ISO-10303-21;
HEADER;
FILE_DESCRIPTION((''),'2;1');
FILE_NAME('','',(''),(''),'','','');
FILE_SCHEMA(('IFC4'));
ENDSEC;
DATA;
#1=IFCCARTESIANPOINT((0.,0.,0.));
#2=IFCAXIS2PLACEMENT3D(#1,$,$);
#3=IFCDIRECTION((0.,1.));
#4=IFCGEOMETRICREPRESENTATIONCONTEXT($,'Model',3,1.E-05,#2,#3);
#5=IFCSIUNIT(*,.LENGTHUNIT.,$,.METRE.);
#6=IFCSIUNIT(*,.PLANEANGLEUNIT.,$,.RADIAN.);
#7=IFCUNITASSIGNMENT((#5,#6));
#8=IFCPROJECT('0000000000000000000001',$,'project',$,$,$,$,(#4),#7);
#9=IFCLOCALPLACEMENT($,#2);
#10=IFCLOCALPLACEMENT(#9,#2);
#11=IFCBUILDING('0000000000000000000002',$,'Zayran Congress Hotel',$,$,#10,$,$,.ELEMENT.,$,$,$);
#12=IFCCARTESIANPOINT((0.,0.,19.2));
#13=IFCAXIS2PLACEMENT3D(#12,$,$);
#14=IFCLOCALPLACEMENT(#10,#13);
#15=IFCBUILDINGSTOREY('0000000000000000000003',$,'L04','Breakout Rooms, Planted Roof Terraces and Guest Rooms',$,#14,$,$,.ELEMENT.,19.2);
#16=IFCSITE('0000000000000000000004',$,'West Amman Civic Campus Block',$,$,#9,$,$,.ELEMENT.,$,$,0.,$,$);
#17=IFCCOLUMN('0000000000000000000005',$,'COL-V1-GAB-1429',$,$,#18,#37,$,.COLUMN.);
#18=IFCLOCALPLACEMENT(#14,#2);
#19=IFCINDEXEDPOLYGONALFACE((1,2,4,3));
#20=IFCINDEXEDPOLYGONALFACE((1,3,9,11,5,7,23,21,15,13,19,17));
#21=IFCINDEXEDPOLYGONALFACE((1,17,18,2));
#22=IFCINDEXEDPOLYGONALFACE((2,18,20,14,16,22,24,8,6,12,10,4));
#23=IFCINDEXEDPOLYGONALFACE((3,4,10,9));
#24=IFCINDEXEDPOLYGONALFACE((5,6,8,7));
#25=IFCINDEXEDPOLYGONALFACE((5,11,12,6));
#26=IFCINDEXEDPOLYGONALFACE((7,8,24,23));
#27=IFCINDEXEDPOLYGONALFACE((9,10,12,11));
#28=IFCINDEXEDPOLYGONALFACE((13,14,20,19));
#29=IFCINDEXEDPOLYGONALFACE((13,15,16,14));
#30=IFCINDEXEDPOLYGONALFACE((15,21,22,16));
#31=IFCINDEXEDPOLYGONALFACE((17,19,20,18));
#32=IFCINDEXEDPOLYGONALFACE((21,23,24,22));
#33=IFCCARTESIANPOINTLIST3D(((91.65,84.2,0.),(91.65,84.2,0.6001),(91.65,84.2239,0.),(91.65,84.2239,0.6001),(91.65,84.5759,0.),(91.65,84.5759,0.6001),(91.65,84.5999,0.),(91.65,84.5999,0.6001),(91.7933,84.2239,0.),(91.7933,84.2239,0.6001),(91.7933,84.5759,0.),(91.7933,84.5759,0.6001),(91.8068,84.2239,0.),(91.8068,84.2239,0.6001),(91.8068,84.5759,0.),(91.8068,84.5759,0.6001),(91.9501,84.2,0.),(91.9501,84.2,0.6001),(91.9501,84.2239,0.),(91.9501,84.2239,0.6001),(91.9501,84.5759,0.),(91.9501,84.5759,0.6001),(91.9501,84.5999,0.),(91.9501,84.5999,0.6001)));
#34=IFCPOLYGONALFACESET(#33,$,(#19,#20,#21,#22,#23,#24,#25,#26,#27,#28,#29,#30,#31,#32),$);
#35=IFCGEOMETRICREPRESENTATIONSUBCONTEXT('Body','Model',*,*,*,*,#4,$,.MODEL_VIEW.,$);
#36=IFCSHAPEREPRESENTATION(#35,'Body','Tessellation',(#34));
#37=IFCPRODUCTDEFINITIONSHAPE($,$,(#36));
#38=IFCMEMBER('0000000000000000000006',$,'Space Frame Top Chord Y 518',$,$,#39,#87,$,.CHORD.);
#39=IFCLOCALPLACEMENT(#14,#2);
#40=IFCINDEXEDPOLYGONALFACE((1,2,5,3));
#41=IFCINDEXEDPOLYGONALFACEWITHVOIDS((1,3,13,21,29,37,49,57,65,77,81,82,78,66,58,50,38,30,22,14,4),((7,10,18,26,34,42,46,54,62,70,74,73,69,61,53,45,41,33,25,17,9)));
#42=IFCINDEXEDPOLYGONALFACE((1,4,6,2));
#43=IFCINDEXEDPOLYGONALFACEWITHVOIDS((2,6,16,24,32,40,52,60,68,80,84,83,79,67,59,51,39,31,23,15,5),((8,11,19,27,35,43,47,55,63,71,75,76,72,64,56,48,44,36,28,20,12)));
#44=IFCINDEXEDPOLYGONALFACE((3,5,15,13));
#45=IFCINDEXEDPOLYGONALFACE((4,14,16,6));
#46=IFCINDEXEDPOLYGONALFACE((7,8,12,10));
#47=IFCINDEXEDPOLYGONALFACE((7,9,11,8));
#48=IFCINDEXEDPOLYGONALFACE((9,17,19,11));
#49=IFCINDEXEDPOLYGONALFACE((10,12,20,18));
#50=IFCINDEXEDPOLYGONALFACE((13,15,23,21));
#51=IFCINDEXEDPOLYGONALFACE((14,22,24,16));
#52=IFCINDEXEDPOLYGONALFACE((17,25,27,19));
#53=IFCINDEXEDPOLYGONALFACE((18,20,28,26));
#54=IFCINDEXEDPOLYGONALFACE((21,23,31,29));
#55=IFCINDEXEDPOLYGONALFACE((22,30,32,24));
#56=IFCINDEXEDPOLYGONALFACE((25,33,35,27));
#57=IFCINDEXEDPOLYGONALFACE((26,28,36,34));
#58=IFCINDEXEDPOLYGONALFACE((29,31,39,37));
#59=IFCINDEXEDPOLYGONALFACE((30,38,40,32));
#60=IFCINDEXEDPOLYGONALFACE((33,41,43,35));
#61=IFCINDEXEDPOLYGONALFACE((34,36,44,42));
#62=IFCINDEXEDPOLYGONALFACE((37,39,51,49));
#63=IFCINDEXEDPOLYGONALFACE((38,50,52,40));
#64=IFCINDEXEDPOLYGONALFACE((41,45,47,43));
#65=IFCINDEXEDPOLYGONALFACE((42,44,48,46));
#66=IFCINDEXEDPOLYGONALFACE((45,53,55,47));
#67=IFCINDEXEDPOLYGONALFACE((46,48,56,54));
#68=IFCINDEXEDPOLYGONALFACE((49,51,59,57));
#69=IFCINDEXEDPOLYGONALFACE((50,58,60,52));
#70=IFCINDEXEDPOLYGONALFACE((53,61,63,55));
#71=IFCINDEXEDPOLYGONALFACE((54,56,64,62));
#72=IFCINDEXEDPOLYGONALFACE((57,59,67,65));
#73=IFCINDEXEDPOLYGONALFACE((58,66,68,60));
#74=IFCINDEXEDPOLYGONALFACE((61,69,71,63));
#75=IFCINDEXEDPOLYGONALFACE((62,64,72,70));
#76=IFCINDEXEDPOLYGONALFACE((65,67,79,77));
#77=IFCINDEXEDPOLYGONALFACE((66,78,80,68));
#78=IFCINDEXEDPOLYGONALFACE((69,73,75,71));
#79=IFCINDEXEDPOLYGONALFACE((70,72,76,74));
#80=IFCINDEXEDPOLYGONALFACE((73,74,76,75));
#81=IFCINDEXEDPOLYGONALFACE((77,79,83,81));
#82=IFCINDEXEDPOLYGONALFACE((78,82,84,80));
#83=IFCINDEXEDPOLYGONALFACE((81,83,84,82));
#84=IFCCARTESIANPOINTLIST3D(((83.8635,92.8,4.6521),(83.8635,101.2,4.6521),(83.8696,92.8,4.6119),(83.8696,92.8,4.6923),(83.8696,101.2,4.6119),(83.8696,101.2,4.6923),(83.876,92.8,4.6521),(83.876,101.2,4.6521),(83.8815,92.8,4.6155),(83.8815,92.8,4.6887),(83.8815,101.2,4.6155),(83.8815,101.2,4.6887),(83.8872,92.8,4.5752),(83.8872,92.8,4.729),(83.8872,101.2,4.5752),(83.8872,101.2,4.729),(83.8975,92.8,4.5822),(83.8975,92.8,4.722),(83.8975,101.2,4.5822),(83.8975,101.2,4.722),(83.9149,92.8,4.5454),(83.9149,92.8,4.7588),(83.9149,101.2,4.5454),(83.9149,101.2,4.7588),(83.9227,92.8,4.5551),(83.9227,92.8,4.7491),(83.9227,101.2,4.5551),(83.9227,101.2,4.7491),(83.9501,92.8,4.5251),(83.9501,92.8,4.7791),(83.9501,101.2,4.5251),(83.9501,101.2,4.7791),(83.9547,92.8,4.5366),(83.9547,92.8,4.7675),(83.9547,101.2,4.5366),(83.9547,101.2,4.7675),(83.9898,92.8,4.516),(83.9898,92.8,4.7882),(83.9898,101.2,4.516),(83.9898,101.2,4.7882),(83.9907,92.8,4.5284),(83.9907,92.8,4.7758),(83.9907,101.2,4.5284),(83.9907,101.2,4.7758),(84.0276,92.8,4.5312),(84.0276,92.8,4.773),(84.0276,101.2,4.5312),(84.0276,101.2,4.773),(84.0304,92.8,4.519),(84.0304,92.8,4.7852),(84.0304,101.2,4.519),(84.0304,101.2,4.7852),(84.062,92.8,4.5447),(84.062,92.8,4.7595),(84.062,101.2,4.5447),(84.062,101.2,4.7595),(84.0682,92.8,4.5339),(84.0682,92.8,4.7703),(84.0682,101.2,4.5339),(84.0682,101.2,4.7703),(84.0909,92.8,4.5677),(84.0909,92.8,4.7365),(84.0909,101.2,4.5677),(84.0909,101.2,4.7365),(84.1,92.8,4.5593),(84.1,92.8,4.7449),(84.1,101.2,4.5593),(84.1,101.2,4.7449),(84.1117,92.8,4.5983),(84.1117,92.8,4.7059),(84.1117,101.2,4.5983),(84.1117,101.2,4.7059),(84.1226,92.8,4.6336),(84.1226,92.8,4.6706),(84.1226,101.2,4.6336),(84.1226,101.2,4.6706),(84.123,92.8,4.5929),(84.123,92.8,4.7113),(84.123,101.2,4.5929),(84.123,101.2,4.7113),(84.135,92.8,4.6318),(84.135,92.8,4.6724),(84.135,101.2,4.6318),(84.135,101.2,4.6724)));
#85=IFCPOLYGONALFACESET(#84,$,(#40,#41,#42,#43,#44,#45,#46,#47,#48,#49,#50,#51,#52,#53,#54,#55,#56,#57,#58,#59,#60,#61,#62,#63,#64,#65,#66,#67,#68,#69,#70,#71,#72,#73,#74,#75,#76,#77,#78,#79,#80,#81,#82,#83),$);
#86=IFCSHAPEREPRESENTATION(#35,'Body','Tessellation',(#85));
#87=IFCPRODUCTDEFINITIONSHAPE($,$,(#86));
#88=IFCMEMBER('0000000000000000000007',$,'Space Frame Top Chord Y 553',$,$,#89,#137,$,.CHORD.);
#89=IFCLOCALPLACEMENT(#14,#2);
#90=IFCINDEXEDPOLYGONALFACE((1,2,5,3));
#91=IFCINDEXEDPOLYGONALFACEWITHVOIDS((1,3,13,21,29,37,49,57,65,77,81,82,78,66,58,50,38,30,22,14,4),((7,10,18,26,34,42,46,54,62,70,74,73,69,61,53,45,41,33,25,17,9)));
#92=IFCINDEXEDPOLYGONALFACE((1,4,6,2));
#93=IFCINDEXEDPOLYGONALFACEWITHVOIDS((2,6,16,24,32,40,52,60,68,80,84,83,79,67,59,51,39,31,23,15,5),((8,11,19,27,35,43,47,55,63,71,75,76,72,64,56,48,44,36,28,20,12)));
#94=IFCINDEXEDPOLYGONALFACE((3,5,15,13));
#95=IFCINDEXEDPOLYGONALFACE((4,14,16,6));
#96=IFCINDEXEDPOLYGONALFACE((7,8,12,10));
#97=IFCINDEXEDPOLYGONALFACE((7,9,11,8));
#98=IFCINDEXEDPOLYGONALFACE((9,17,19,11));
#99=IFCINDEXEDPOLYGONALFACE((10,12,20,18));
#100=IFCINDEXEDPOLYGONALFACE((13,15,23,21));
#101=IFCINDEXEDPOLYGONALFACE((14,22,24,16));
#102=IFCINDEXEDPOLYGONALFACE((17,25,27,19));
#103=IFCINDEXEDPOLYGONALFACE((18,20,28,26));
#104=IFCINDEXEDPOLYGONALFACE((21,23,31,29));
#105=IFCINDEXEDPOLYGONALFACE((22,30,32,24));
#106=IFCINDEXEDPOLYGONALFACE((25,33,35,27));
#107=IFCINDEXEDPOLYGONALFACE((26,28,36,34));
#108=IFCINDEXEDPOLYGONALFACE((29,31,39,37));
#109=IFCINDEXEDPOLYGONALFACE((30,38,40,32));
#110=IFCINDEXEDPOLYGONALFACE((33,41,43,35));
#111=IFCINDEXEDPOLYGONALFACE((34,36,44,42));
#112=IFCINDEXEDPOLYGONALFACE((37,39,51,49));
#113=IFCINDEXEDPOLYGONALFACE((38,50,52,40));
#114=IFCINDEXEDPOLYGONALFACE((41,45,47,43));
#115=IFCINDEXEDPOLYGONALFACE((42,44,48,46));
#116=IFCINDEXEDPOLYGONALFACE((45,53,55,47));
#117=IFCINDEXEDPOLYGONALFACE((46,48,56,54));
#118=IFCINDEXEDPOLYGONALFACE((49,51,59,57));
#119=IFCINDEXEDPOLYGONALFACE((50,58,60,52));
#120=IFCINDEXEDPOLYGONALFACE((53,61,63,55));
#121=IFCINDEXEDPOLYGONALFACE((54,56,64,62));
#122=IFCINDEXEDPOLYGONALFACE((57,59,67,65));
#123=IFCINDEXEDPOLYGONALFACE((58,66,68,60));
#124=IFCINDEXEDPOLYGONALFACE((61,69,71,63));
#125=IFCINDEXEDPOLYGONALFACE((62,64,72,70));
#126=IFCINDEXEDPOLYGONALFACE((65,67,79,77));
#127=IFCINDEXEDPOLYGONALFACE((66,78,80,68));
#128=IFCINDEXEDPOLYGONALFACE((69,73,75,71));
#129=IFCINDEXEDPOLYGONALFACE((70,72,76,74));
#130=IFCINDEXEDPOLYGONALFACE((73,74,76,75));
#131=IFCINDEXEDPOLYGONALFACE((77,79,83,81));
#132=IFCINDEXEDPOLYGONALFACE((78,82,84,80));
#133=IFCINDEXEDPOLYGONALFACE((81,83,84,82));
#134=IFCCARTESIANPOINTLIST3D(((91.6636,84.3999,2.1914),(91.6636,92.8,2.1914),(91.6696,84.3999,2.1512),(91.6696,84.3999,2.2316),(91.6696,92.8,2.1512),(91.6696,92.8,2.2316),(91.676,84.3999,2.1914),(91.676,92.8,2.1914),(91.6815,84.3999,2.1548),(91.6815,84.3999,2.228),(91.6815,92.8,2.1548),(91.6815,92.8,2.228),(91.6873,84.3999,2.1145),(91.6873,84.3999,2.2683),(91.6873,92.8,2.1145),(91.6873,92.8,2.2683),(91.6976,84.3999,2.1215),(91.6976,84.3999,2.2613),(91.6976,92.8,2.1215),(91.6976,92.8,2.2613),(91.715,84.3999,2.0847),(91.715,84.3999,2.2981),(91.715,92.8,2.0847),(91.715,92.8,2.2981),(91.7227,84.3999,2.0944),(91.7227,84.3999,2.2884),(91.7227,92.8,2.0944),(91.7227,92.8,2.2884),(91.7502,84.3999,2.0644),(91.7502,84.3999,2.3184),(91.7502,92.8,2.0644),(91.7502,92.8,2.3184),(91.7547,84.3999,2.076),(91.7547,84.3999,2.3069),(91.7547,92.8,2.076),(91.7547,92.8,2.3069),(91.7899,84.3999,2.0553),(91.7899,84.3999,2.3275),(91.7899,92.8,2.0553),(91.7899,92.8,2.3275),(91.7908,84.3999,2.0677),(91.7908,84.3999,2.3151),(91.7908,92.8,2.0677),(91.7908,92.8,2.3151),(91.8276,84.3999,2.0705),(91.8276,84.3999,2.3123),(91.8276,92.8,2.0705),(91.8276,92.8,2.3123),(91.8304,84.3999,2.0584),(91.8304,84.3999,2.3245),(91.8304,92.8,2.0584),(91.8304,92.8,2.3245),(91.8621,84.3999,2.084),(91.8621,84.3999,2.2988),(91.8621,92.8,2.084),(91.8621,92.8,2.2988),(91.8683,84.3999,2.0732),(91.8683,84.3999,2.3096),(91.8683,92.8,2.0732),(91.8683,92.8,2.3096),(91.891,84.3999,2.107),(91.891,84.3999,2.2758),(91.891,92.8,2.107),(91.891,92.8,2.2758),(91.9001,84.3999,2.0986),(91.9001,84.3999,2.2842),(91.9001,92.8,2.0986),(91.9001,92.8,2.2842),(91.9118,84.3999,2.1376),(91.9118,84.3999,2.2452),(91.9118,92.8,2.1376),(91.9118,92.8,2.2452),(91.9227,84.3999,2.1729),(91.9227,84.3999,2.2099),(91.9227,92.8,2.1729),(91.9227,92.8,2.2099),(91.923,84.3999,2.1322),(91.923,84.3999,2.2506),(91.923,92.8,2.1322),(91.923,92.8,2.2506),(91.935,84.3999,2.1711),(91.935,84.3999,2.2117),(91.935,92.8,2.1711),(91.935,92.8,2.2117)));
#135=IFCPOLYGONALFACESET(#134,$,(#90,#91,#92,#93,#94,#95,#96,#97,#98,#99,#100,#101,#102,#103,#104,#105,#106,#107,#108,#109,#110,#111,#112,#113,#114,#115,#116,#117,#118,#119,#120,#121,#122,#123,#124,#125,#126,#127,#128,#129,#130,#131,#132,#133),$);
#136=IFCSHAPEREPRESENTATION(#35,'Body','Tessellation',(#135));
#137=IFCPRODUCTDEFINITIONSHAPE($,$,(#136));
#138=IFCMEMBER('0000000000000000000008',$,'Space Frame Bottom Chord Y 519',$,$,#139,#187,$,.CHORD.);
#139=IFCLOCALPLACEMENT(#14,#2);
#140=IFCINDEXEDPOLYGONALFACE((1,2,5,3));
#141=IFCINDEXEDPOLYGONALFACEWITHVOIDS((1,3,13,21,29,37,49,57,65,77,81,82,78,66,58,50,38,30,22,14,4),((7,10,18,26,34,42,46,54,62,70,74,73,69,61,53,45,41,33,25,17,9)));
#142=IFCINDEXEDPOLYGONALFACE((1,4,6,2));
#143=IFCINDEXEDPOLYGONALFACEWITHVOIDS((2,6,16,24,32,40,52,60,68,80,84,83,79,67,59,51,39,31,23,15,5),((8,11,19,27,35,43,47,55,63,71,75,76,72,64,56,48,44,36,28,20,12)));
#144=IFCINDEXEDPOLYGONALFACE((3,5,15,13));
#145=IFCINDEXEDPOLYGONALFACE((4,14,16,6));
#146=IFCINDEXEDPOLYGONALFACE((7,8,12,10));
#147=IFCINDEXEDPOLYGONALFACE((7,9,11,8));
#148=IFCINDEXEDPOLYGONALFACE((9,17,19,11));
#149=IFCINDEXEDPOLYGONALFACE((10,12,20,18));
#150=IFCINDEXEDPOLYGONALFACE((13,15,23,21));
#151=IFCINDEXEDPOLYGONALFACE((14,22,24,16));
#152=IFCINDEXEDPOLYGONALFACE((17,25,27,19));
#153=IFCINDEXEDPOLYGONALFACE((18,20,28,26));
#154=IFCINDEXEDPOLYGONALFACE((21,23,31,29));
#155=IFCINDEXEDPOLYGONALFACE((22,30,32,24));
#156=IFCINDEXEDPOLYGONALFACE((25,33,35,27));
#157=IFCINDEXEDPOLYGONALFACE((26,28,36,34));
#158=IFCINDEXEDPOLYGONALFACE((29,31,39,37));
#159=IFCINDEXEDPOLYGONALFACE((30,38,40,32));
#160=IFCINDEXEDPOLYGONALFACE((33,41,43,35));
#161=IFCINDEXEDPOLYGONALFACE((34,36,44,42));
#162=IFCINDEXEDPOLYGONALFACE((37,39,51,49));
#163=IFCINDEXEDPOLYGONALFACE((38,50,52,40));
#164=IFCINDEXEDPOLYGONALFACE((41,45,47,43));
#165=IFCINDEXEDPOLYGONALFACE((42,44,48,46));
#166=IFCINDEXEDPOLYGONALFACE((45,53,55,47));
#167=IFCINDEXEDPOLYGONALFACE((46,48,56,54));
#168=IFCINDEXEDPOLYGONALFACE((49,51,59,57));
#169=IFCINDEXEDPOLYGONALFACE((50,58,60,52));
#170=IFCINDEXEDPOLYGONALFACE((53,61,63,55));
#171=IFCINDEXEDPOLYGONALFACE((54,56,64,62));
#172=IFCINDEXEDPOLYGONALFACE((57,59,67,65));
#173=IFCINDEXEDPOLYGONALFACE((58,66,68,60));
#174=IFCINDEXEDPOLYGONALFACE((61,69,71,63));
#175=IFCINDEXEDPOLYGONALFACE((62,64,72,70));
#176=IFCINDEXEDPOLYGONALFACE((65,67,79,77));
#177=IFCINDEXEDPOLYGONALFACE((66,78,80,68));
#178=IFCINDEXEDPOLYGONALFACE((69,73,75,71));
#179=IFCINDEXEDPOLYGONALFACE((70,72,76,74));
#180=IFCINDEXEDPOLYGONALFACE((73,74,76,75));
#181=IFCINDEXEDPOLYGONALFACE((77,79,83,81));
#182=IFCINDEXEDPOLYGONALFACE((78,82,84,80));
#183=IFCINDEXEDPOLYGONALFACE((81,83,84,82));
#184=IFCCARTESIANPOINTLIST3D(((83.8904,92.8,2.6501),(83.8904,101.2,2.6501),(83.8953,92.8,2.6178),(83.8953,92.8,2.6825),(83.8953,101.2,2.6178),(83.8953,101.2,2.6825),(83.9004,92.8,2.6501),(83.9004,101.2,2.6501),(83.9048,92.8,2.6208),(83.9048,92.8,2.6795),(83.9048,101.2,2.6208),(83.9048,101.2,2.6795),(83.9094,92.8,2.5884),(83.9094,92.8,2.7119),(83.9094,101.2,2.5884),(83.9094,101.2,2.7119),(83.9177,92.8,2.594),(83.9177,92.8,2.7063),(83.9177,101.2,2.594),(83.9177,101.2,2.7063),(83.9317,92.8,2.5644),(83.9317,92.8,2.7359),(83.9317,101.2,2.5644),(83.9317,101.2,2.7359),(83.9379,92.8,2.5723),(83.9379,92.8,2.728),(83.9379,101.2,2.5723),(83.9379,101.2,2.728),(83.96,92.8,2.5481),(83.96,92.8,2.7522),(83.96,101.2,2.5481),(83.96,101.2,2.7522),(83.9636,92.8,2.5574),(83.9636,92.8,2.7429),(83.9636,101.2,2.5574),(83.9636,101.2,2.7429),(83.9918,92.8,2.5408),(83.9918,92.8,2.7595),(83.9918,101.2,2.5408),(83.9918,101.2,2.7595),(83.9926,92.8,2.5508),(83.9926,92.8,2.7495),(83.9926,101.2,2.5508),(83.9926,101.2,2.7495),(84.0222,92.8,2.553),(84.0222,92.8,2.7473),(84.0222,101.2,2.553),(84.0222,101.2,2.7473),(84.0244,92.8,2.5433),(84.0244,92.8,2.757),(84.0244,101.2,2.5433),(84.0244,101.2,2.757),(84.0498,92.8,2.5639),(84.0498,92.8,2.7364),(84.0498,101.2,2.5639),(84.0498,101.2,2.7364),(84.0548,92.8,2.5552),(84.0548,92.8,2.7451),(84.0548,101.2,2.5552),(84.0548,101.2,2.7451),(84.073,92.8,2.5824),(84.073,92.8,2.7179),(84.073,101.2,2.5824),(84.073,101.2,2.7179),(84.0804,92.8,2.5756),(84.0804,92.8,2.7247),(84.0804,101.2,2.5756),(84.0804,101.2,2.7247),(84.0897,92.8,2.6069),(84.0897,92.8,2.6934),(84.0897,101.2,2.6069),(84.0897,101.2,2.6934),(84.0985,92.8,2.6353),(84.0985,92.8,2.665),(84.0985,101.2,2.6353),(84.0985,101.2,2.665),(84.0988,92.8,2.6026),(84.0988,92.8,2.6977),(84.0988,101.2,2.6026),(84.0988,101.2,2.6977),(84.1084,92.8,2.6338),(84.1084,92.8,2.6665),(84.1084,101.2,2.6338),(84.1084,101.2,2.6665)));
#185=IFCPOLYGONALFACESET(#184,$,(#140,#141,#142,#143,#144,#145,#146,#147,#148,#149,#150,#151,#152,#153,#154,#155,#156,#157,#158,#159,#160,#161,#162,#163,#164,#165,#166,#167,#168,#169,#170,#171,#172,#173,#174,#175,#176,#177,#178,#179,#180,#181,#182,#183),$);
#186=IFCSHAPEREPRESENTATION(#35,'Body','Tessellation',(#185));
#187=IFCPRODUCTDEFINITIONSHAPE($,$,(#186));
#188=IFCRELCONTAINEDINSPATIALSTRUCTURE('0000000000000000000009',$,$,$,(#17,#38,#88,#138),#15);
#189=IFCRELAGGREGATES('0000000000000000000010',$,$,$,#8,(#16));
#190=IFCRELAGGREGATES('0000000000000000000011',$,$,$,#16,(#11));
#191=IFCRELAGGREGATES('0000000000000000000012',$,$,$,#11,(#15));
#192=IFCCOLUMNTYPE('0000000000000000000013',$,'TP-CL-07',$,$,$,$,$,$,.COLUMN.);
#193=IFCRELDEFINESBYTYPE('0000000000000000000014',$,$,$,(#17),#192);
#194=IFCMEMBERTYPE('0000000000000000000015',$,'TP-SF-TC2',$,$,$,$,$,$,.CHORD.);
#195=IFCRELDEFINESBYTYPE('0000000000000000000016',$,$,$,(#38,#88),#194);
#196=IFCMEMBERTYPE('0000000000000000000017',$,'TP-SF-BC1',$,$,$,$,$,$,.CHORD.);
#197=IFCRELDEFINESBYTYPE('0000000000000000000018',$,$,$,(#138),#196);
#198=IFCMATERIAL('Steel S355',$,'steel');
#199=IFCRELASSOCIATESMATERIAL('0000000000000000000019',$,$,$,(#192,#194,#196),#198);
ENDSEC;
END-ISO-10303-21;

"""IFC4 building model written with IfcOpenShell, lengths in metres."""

from ifc_helpers import new_model, si_unit, direction, frame, origin, origin_2d, place, context, subcontext, project, spatial, hollow_circle, i_section, extrude, material, material_profile, profile_set, type_object, element, save


model = new_model("IFC4")

# Units and contexts
model_context = context("Model", 3, precision=1e-05, world=origin(), true_north=direction((0.0, 1.0)))
body_context = subcontext(model_context, "Body", "Model", "MODEL_VIEW")
ifc_project = project(units=[si_unit("LENGTHUNIT", "METRE"), si_unit("PLANEANGLEUNIT", "RADIAN")], contexts=[model_context])

# Site, building, storey
site_placement = place(None, origin())
site = spatial("IfcSite", under=ifc_project, at=site_placement, Name="West Amman Civic Campus Block", CompositionType="ELEMENT", RefElevation=0.0)
building_placement = place(site_placement, origin())
building = spatial("IfcBuilding", under=site, at=building_placement, Name="Zayran Congress Hotel", CompositionType="ELEMENT")
storey_placement = place(building_placement, frame((0.0, 0.0, 19.2)))
storey = spatial("IfcBuildingStorey", under=building, at=storey_placement, Name="L04", Description="Breakout Rooms, Planted Roof Terraces and Guest Rooms", CompositionType="ELEMENT", Elevation=19.2)

# Column
ifc_material = material(Name="Steel S355", Category="steel")
ifc_material_profile_1 = material_profile(ifc_material, i_section(OverallWidth=0.3, OverallDepth=0.3999, WebThickness=0.0134, FlangeThickness=0.0239, at=origin_2d()), Name="HEB 400")
ifc_profile_set_1 = profile_set([ifc_material_profile_1], Name="Steel S355")
column_type = type_object("IfcColumnType", Name="TP-CL-07", PredefinedType="COLUMN", material=ifc_profile_set_1)
column_placement = place(storey_placement, frame((91.8, 84.3999, 0.0), z_axis=(0.0, 0.0, 1.0), x_axis=(1.0, 0.0, 0.0)))
element("IfcColumn", 1, at=column_placement, inside=storey, type_object=column_type, Name="COL-V1-GAB-1429", PredefinedType="COLUMN", context=body_context, shape_type="SweptSolid", body=[
    extrude(i_section(OverallWidth=0.3, OverallDepth=0.3999, WebThickness=0.0134, FlangeThickness=0.0239, at=origin_2d()), origin(), (0.0, 0.0, 1.0), 0.6001),
])

# Members
ifc_material_profile_2 = material_profile(ifc_material, hollow_circle(Radius=0.1365, WallThickness=0.0125, at=origin_2d()), Name="CHS 273x12.5")
ifc_profile_set_2 = profile_set([ifc_material_profile_2], Name="Steel S355")
member_type_1 = type_object("IfcMemberType", Name="TP-SF-TC2", PredefinedType="CHORD", material=ifc_profile_set_2)
member_1_placement = place(storey_placement, frame((84.0, 92.8, 4.6521), z_axis=(0.0, 1.0, 0.0), x_axis=(-1.0, 0.0, 0.0)))
element("IfcMember", 2, at=member_1_placement, inside=storey, type_object=member_type_1, Name="Space Frame Top Chord Y 518", PredefinedType="CHORD", context=body_context, shape_type="SweptSolid", body=[
    extrude(hollow_circle(Radius=0.1365, WallThickness=0.0125, at=origin_2d()), origin(), (0.0, 0.0, 1.0), 8.3999),
])
member_2_placement = place(storey_placement, frame((91.8, 84.3999, 2.1914), z_axis=(0.0, 1.0, 0.0), x_axis=(-1.0, 0.0, 0.0)))
element("IfcMember", 3, at=member_2_placement, inside=storey, type_object=member_type_1, Name="Space Frame Top Chord Y 553", PredefinedType="CHORD", context=body_context, shape_type="SweptSolid", body=[
    extrude(hollow_circle(Radius=0.1365, WallThickness=0.0125, at=origin_2d()), origin(), (0.0, 0.0, 1.0), 8.4001),
])
ifc_material_profile_3 = material_profile(ifc_material, hollow_circle(Radius=0.1096, WallThickness=0.01, at=origin_2d()), Name="CHS 219.1x10")
ifc_profile_set_3 = profile_set([ifc_material_profile_3], Name="Steel S355")
member_type_2 = type_object("IfcMemberType", Name="TP-SF-BC1", PredefinedType="CHORD", material=ifc_profile_set_3)
member_3_placement = place(storey_placement, frame((84.0, 92.8, 2.6501), z_axis=(0.0, 1.0, 0.0), x_axis=(-1.0, 0.0, 0.0)))
element("IfcMember", 4, at=member_3_placement, inside=storey, type_object=member_type_2, Name="Space Frame Bottom Chord Y 519", PredefinedType="CHORD", context=body_context, shape_type="SweptSolid", body=[
    extrude(hollow_circle(Radius=0.1096, WallThickness=0.01, at=origin_2d()), origin(), (0.0, 0.0, 1.0), 8.3999),
])

save(model, "model.ifc")
